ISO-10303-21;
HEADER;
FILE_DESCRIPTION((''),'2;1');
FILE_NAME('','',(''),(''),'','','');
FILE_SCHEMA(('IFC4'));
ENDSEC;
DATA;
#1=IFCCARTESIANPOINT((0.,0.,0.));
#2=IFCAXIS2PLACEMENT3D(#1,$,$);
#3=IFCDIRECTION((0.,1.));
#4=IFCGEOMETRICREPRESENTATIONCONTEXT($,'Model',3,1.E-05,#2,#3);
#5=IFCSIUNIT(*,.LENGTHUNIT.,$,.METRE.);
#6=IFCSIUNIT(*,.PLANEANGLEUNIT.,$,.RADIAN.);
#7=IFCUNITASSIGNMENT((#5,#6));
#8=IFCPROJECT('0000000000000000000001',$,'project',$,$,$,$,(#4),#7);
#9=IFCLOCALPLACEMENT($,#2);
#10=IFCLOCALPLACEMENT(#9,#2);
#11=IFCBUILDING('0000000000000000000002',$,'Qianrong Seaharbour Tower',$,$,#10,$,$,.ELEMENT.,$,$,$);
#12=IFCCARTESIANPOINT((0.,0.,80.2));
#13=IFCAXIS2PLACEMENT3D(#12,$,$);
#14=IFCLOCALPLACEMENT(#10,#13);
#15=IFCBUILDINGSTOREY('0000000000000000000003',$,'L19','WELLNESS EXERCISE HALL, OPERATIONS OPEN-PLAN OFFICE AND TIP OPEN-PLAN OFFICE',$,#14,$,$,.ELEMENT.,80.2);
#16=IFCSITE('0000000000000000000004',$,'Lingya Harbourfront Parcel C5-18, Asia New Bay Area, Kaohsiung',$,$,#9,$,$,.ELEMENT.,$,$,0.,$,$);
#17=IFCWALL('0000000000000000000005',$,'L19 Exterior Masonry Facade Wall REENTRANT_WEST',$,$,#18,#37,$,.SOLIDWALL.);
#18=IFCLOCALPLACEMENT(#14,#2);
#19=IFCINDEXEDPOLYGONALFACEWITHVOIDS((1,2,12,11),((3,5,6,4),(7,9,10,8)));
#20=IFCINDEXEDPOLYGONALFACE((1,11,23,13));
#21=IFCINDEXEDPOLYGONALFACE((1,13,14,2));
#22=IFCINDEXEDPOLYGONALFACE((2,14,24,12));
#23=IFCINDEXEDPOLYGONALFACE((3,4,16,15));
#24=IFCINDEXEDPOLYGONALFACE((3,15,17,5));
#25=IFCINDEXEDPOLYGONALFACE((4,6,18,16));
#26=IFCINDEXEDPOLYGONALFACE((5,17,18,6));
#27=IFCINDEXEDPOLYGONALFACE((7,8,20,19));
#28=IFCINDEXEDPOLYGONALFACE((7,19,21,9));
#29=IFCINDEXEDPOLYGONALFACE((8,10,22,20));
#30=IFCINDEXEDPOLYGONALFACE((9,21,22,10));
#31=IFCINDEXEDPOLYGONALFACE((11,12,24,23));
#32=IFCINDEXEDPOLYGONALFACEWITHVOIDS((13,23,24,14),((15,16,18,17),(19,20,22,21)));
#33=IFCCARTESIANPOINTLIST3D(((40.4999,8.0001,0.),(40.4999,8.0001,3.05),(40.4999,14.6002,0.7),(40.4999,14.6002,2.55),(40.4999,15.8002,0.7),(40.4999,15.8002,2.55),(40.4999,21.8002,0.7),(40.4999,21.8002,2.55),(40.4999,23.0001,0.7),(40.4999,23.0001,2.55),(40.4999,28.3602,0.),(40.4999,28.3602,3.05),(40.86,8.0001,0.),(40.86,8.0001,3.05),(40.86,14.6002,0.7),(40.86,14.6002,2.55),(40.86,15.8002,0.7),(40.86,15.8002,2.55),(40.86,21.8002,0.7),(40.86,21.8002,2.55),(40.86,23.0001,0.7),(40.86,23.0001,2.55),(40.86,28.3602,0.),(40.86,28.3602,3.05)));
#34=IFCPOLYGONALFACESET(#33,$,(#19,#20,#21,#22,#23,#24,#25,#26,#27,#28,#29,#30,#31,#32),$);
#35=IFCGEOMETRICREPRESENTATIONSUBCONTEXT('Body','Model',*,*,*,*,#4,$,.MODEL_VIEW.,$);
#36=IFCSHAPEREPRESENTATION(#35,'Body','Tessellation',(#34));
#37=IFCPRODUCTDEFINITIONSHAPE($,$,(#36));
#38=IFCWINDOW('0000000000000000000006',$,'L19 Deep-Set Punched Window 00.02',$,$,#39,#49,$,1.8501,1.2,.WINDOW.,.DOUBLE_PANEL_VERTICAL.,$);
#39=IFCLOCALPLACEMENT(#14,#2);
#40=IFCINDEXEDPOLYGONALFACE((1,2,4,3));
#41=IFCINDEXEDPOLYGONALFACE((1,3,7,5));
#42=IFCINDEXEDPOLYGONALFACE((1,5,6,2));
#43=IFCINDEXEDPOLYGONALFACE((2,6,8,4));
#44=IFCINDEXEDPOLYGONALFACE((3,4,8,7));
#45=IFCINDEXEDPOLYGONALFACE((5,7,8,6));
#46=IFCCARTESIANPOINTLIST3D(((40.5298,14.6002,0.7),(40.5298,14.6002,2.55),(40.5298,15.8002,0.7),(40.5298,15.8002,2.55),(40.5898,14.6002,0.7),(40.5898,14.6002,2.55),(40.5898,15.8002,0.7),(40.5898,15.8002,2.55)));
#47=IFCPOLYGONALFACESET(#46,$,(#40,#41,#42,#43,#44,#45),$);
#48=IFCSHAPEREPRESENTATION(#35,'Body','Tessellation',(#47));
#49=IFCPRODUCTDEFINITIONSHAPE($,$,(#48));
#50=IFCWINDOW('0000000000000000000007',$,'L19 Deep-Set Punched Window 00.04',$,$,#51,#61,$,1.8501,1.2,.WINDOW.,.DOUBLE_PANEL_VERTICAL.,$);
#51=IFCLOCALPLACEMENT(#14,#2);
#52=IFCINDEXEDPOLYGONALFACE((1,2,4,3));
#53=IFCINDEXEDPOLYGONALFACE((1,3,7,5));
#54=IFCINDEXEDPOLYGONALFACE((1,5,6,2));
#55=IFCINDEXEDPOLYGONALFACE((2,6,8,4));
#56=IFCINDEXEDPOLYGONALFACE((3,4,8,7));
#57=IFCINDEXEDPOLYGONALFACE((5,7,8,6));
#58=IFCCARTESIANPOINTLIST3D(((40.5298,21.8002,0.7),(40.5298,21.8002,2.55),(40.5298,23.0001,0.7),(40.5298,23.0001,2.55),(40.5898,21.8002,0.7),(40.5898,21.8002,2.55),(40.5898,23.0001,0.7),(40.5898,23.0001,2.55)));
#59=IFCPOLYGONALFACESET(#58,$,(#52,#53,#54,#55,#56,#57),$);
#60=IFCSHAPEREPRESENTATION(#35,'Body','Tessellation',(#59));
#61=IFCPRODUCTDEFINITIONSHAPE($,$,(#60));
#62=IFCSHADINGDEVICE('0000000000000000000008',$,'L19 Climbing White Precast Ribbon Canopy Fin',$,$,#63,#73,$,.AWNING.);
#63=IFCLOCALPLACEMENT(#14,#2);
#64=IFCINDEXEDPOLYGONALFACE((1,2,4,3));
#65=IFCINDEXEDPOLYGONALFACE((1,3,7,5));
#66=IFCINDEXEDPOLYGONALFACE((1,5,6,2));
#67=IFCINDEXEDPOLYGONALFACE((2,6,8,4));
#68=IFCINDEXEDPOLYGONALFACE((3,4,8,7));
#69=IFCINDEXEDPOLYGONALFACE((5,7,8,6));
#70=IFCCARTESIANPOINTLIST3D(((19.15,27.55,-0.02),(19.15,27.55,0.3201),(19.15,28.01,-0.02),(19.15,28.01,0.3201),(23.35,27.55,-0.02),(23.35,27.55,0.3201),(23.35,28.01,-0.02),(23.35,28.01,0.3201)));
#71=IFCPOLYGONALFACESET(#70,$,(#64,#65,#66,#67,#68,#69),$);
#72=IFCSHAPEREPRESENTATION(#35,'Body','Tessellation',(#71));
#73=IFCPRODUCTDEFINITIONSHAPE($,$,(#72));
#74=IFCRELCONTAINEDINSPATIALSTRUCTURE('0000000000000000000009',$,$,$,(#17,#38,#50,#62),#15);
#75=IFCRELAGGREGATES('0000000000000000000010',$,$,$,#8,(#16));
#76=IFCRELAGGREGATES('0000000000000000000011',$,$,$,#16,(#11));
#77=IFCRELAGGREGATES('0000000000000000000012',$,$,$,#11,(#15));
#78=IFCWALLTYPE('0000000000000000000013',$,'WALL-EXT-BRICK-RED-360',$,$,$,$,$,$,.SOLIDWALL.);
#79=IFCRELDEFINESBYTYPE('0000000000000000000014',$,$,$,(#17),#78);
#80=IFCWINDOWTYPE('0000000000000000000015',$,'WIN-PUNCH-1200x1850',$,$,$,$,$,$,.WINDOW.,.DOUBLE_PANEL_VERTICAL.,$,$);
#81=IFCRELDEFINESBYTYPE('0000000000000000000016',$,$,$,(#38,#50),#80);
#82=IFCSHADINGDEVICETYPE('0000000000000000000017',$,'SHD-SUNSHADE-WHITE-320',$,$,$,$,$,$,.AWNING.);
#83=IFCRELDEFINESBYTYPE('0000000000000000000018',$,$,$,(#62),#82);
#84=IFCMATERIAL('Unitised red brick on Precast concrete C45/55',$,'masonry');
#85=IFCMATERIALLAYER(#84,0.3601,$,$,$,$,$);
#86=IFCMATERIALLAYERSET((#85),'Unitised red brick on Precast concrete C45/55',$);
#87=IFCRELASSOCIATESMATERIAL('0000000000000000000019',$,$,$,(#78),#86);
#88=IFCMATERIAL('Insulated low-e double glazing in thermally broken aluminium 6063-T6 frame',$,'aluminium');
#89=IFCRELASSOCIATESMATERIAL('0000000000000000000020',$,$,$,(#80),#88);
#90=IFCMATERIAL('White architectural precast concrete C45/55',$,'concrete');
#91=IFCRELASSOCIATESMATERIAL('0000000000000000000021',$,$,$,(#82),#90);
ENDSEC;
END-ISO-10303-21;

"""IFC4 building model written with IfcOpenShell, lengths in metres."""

from ifc_helpers import new_model, si_unit, direction, frame, frame_2d, origin, origin_2d, place, context, subcontext, project, spatial, rectangle, extrude, material, layer, layer_set, type_object, element, fill, save


model = new_model("IFC4")

# Units and contexts
model_context = context("Model", 3, precision=1e-05, world=origin(), true_north=direction((0.0, 1.0)))
body_context = subcontext(model_context, "Body", "Model", "MODEL_VIEW")
ifc_project = project(units=[si_unit("LENGTHUNIT", "METRE"), si_unit("PLANEANGLEUNIT", "RADIAN")], contexts=[model_context])

# Site, building, storey
site_placement = place(None, origin())
site = spatial("IfcSite", under=ifc_project, at=site_placement, Name="Lingya Harbourfront Parcel C5-18, Asia New Bay Area, Kaohsiung", CompositionType="ELEMENT", RefElevation=0.0)
building_placement = place(site_placement, origin())
building = spatial("IfcBuilding", under=site, at=building_placement, Name="Qianrong Seaharbour Tower", CompositionType="ELEMENT")
storey_placement = place(building_placement, frame((0.0, 0.0, 80.2)))
storey = spatial("IfcBuildingStorey", under=building, at=storey_placement, Name="L19", Description="WELLNESS EXERCISE HALL, OPERATIONS OPEN-PLAN OFFICE AND TIP OPEN-PLAN OFFICE", CompositionType="ELEMENT", Elevation=80.2)

# Wall, openings, windows
ifc_material_1 = material(Name="Unitised red brick on Precast concrete C45/55", Category="masonry")
ifc_layer = layer(ifc_material_1, 0.3601)
ifc_layer_set = layer_set([ifc_layer], Name="Unitised red brick on Precast concrete C45/55")
wall_type = type_object("IfcWallType", Name="WALL-EXT-BRICK-RED-360", PredefinedType="SOLIDWALL", material=ifc_layer_set)
wall_placement = place(storey_placement, frame((40.6799, 8.0, 0.0), z_axis=(0.0, 0.0, 1.0), x_axis=(0.0, 1.0, 0.0)))
wall = element("IfcWall", 1, at=wall_placement, inside=storey, type_object=wall_type, Name="L19 Exterior Masonry Facade Wall REENTRANT_WEST", PredefinedType="SOLIDWALL", context=body_context, shape_type="SweptSolid", body=[
    extrude(rectangle(XDim=20.3601, YDim=0.3601, at=frame_2d((10.1802, 0.0))), origin(), (0.0, 0.0, 1.0), 3.05),
])
opening_1_placement = place(wall_placement, frame((6.6001, 0.0, 0.7)))
opening_1 = element("IfcOpeningElement", 2, at=opening_1_placement, cuts=wall, PredefinedType="OPENING", context=body_context, shape_type="SweptSolid", body=[
    extrude(rectangle(XDim=1.2, YDim=1.8501, at=frame_2d((0.6001, 0.925))), frame((0.0, 0.1899, 0.0), z_axis=(0.0, -1.0, 0.0), x_axis=(1.0, 0.0, 0.0)), (0.0, 0.0, 1.0), 0.3801),
])
opening_2_placement = place(wall_placement, frame((13.8, 0.0, 0.7)))
opening_2 = element("IfcOpeningElement", 3, at=opening_2_placement, cuts=wall, PredefinedType="OPENING", context=body_context, shape_type="SweptSolid", body=[
    extrude(rectangle(XDim=1.2, YDim=1.8501, at=frame_2d((0.6001, 0.925))), frame((0.0, 0.1899, 0.0), z_axis=(0.0, -1.0, 0.0), x_axis=(1.0, 0.0, 0.0)), (0.0, 0.0, 1.0), 0.3801),
])
ifc_material_2 = material(Name="Insulated low-e double glazing in thermally broken aluminium 6063-T6 frame", Category="aluminium")
window_type = type_object("IfcWindowType", Name="WIN-PUNCH-1200x1850", PartitioningType="DOUBLE_PANEL_VERTICAL", PredefinedType="WINDOW", material=ifc_material_2)
window_1_placement = place(opening_1_placement, origin())
window_1 = element("IfcWindow", 4, at=window_1_placement, inside=storey, type_object=window_type, Name="L19 Deep-Set Punched Window 00.02", OverallHeight=1.8501, OverallWidth=1.2, PartitioningType="DOUBLE_PANEL_VERTICAL", PredefinedType="WINDOW", context=body_context, shape_type="SweptSolid", body=[
    extrude(rectangle(XDim=1.2, YDim=1.8501, at=frame_2d((0.6001, 0.925))), frame((0.0, 0.1501, 0.0), z_axis=(0.0, -1.0, 0.0), x_axis=(1.0, 0.0, 0.0)), (0.0, 0.0, 1.0), 0.0601),
])
fill(opening_1, window_1)
window_2_placement = place(opening_2_placement, origin())
window_2 = element("IfcWindow", 5, at=window_2_placement, inside=storey, type_object=window_type, Name="L19 Deep-Set Punched Window 00.04", OverallHeight=1.8501, OverallWidth=1.2, PartitioningType="DOUBLE_PANEL_VERTICAL", PredefinedType="WINDOW", context=body_context, shape_type="SweptSolid", body=[
    extrude(rectangle(XDim=1.2, YDim=1.8501, at=frame_2d((0.6001, 0.925))), frame((0.0, 0.1501, 0.0), z_axis=(0.0, -1.0, 0.0), x_axis=(1.0, 0.0, 0.0)), (0.0, 0.0, 1.0), 0.0601),
])
fill(opening_2, window_2)

# Shading device
ifc_material_3 = material(Name="White architectural precast concrete C45/55", Category="concrete")
shading_device_type = type_object("IfcShadingDeviceType", Name="SHD-SUNSHADE-WHITE-320", PredefinedType="AWNING", material=ifc_material_3)
shading_device_placement = place(storey_placement, frame((21.25, 27.78, -0.02), z_axis=(0.0, 0.0, 1.0), x_axis=(1.0, 0.0, 0.0)))
element("IfcShadingDevice", 6, at=shading_device_placement, inside=storey, type_object=shading_device_type, Name="L19 Climbing White Precast Ribbon Canopy Fin", PredefinedType="AWNING", context=body_context, shape_type="SweptSolid", body=[
    extrude(rectangle(XDim=4.2, YDim=0.46, at=origin_2d()), origin(), (0.0, 0.0, 1.0), 0.3401),
])

save(model, "model.ifc")
